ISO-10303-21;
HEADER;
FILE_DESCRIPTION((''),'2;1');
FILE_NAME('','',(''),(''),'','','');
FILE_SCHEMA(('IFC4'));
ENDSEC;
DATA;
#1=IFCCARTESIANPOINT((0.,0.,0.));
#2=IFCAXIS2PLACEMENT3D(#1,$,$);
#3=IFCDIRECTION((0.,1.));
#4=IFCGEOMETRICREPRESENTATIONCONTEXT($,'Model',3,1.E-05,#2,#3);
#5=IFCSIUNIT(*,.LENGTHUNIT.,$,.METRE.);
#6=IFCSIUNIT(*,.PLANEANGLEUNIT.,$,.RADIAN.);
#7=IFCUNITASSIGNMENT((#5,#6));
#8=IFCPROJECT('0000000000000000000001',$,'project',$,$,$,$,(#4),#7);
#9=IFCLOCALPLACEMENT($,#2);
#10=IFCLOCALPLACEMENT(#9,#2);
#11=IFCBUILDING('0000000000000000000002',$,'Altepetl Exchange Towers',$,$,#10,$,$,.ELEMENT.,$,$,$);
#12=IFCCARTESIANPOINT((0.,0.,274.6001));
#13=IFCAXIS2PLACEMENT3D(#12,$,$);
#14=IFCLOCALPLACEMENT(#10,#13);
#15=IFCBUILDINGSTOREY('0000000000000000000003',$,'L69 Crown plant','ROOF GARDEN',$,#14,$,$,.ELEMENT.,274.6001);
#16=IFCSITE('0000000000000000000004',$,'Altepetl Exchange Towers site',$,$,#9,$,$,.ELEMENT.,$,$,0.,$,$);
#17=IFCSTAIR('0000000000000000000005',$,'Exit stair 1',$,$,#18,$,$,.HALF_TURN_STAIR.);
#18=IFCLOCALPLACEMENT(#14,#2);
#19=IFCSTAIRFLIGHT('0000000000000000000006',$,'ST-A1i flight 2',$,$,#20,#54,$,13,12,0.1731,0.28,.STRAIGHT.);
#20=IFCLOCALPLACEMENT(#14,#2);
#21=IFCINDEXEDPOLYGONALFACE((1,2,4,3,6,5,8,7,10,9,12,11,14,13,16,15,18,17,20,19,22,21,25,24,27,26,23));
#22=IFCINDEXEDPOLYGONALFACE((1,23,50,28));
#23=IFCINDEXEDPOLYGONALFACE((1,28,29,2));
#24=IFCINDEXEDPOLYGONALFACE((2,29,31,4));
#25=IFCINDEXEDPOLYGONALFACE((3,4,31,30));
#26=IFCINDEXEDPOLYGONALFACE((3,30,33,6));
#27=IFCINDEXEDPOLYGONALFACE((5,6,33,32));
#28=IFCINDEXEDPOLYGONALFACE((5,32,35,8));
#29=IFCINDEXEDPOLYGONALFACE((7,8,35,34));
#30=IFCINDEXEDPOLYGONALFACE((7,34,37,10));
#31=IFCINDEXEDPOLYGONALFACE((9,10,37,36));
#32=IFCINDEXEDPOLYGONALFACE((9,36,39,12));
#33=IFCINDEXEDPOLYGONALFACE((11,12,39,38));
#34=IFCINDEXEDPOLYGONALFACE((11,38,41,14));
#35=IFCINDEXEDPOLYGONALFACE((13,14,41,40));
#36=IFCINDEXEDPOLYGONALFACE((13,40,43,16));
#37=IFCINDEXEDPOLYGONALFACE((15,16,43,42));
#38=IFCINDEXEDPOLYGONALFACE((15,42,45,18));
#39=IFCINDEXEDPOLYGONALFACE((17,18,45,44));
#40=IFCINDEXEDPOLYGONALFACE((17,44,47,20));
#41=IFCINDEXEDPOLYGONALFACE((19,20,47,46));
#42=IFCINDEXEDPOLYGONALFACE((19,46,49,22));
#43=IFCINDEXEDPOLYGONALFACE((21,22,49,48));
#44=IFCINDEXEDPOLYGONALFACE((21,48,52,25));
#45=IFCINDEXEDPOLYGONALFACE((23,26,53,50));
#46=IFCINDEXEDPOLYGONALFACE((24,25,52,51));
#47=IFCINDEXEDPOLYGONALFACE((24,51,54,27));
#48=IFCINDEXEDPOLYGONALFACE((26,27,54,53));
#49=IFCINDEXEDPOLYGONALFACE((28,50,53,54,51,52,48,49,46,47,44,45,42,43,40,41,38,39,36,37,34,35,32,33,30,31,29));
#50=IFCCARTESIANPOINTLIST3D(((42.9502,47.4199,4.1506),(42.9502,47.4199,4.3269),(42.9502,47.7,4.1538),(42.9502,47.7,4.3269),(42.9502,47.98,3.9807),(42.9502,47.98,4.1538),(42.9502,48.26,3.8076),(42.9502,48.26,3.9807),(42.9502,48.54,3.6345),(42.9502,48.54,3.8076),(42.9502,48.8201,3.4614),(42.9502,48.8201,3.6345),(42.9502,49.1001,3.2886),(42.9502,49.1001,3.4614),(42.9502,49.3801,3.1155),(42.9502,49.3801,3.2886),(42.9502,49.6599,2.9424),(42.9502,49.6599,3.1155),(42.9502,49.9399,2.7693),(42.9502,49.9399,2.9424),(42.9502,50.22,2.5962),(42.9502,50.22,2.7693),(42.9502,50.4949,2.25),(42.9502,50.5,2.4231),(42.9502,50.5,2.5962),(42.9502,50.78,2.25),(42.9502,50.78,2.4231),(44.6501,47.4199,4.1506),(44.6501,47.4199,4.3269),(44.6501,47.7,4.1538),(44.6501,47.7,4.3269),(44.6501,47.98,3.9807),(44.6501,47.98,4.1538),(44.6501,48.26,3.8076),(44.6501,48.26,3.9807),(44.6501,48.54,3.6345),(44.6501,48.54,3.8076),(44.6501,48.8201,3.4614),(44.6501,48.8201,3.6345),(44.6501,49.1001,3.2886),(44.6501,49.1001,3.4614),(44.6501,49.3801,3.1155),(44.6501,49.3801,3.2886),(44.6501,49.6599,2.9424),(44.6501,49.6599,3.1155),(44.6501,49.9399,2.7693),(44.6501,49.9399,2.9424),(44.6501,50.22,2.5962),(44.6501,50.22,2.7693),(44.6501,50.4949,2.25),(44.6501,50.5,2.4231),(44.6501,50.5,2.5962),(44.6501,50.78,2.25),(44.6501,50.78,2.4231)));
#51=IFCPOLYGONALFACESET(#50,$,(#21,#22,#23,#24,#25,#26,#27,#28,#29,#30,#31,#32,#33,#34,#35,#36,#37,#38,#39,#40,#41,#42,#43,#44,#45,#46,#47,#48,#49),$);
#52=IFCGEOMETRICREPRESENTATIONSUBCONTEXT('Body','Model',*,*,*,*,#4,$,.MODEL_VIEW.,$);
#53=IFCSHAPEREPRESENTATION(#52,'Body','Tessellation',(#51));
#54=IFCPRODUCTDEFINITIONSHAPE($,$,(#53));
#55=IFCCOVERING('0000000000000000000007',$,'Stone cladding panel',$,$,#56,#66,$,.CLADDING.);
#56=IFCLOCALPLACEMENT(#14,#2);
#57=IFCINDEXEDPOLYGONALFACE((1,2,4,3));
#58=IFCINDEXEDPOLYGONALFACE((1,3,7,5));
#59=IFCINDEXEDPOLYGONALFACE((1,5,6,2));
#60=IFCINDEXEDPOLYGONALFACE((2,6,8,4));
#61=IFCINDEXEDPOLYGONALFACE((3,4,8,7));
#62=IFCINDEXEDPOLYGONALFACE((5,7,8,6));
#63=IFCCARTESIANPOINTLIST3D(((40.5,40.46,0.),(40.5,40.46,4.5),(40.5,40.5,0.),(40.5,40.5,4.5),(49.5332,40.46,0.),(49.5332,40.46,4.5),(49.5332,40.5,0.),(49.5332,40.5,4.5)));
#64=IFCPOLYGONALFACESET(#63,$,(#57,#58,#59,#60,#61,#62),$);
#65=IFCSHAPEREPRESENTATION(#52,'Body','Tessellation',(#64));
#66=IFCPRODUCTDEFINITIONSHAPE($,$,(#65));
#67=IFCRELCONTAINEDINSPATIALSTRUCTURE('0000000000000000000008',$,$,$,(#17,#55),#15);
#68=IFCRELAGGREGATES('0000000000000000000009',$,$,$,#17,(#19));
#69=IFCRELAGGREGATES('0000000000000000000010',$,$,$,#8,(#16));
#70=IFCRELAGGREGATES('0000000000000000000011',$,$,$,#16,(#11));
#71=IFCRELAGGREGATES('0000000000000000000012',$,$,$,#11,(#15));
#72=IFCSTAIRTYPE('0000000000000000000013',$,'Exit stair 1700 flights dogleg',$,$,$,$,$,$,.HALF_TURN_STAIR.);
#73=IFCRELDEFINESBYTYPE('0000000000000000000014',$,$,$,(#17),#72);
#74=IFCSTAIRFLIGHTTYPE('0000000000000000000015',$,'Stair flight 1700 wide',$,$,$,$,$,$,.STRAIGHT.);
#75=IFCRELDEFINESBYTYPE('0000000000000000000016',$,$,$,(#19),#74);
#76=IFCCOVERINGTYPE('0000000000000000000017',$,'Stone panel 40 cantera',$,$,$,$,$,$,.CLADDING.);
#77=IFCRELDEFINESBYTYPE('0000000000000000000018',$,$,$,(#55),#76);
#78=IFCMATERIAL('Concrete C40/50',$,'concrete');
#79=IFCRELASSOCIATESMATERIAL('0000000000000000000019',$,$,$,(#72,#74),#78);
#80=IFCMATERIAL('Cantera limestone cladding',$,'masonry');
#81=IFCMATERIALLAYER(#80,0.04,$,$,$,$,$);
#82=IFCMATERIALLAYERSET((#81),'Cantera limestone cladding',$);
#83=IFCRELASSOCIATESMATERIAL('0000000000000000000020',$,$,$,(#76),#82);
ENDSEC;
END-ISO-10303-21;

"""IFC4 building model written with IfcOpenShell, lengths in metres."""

from ifc_helpers import new_model, si_unit, direction, frame, origin, origin_2d, place, context, subcontext, project, spatial, polyline, rectangle, outline, extrude, material, layer, layer_set, type_object, element, aggregate, save


model = new_model("IFC4")

# Units and contexts
model_context = context("Model", 3, precision=1e-05, world=origin(), true_north=direction((0.0, 1.0)))
body_context = subcontext(model_context, "Body", "Model", "MODEL_VIEW")
ifc_project = project(units=[si_unit("LENGTHUNIT", "METRE"), si_unit("PLANEANGLEUNIT", "RADIAN")], contexts=[model_context])

# Site, building, storey
site_placement = place(None, origin())
site = spatial("IfcSite", under=ifc_project, at=site_placement, Name="Altepetl Exchange Towers site", CompositionType="ELEMENT", RefElevation=0.0)
building_placement = place(site_placement, origin())
building = spatial("IfcBuilding", under=site, at=building_placement, Name="Altepetl Exchange Towers", CompositionType="ELEMENT")
storey_placement = place(building_placement, frame((0.0, 0.0, 274.6001)))
storey = spatial("IfcBuildingStorey", under=building, at=storey_placement, Name="L69 Crown plant", Description="ROOF GARDEN", CompositionType="ELEMENT", Elevation=274.6001)

# Shared definitions
ifc_material_1 = material(Name="Concrete C40/50", Category="concrete")

# Stair, stair flight
stair_type = type_object("IfcStairType", Name="Exit stair 1700 flights dogleg", PredefinedType="HALF_TURN_STAIR", material=ifc_material_1)
stair_placement = place(storey_placement, origin())
stair = element("IfcStair", 1, at=stair_placement, inside=storey, type_object=stair_type, Name="Exit stair 1", PredefinedType="HALF_TURN_STAIR")
stair_flight_type = type_object("IfcStairFlightType", Name="Stair flight 1700 wide", PredefinedType="STRAIGHT", material=ifc_material_1)
stair_flight_1_placement = place(storey_placement, frame((43.8, 50.78, 2.25), z_axis=(0.0, 0.0, 1.0), x_axis=(0.0, -1.0, 0.0)))
stair_flight_1 = element("IfcStairFlight", 2, at=stair_flight_1_placement, type_object=stair_flight_type, Name="ST-A1i flight 2", NumberOfRisers=13, NumberOfTreads=12, PredefinedType="STRAIGHT", RiserHeight=0.1731, TreadLength=0.28, context=body_context, shape_type="SweptSolid", body=[
    extrude(outline(polyline([(0.0, 0.0), (0.0, 0.1731), (0.28, 0.1731), (0.28, 0.3462), (0.5601, 0.3462), (0.5601, 0.5193), (0.8401, 0.5193), (0.8401, 0.6924), (1.1201, 0.6924), (1.1201, 0.8655), (1.3999, 0.8655), (1.3999, 1.0386), (1.6799, 1.0386), (1.6799, 1.2114), (1.96, 1.2114), (1.96, 1.3845), (2.24, 1.3845), (2.24, 1.5576), (2.52, 1.5576), (2.52, 1.7307), (2.8, 1.7307), (2.8, 1.9038), (3.0801, 1.9038), (3.0801, 2.0769), (3.3601, 2.0769), (3.3601, 2.25), (3.3601, 1.9006), (0.2852, 0.0), (0.0, 0.0)])), frame((0.0, 0.8501, 0.0), z_axis=(0.0, -1.0, 0.0), x_axis=(1.0, 0.0, 0.0)), (0.0, 0.0, 1.0), 1.7),
])
aggregate(stair, [stair_flight_1])

# Covering
ifc_material_2 = material(Name="Cantera limestone cladding", Category="masonry")
ifc_layer_1 = layer(ifc_material_2, 0.04)
ifc_layer_set_1 = layer_set([ifc_layer_1], Name="Cantera limestone cladding")
covering_type = type_object("IfcCoveringType", Name="Stone panel 40 cantera", PredefinedType="CLADDING", material=ifc_layer_set_1)
covering_placement = place(storey_placement, frame((45.0166, 40.48, 0.0)))
element("IfcCovering", 3, at=covering_placement, inside=storey, type_object=covering_type, Name="Stone cladding panel", PredefinedType="CLADDING", context=body_context, shape_type="SweptSolid", body=[
    extrude(rectangle(XDim=9.0332, YDim=0.04, at=origin_2d()), origin(), (0.0, 0.0, 1.0), 4.5),
])

save(model, "model.ifc")
